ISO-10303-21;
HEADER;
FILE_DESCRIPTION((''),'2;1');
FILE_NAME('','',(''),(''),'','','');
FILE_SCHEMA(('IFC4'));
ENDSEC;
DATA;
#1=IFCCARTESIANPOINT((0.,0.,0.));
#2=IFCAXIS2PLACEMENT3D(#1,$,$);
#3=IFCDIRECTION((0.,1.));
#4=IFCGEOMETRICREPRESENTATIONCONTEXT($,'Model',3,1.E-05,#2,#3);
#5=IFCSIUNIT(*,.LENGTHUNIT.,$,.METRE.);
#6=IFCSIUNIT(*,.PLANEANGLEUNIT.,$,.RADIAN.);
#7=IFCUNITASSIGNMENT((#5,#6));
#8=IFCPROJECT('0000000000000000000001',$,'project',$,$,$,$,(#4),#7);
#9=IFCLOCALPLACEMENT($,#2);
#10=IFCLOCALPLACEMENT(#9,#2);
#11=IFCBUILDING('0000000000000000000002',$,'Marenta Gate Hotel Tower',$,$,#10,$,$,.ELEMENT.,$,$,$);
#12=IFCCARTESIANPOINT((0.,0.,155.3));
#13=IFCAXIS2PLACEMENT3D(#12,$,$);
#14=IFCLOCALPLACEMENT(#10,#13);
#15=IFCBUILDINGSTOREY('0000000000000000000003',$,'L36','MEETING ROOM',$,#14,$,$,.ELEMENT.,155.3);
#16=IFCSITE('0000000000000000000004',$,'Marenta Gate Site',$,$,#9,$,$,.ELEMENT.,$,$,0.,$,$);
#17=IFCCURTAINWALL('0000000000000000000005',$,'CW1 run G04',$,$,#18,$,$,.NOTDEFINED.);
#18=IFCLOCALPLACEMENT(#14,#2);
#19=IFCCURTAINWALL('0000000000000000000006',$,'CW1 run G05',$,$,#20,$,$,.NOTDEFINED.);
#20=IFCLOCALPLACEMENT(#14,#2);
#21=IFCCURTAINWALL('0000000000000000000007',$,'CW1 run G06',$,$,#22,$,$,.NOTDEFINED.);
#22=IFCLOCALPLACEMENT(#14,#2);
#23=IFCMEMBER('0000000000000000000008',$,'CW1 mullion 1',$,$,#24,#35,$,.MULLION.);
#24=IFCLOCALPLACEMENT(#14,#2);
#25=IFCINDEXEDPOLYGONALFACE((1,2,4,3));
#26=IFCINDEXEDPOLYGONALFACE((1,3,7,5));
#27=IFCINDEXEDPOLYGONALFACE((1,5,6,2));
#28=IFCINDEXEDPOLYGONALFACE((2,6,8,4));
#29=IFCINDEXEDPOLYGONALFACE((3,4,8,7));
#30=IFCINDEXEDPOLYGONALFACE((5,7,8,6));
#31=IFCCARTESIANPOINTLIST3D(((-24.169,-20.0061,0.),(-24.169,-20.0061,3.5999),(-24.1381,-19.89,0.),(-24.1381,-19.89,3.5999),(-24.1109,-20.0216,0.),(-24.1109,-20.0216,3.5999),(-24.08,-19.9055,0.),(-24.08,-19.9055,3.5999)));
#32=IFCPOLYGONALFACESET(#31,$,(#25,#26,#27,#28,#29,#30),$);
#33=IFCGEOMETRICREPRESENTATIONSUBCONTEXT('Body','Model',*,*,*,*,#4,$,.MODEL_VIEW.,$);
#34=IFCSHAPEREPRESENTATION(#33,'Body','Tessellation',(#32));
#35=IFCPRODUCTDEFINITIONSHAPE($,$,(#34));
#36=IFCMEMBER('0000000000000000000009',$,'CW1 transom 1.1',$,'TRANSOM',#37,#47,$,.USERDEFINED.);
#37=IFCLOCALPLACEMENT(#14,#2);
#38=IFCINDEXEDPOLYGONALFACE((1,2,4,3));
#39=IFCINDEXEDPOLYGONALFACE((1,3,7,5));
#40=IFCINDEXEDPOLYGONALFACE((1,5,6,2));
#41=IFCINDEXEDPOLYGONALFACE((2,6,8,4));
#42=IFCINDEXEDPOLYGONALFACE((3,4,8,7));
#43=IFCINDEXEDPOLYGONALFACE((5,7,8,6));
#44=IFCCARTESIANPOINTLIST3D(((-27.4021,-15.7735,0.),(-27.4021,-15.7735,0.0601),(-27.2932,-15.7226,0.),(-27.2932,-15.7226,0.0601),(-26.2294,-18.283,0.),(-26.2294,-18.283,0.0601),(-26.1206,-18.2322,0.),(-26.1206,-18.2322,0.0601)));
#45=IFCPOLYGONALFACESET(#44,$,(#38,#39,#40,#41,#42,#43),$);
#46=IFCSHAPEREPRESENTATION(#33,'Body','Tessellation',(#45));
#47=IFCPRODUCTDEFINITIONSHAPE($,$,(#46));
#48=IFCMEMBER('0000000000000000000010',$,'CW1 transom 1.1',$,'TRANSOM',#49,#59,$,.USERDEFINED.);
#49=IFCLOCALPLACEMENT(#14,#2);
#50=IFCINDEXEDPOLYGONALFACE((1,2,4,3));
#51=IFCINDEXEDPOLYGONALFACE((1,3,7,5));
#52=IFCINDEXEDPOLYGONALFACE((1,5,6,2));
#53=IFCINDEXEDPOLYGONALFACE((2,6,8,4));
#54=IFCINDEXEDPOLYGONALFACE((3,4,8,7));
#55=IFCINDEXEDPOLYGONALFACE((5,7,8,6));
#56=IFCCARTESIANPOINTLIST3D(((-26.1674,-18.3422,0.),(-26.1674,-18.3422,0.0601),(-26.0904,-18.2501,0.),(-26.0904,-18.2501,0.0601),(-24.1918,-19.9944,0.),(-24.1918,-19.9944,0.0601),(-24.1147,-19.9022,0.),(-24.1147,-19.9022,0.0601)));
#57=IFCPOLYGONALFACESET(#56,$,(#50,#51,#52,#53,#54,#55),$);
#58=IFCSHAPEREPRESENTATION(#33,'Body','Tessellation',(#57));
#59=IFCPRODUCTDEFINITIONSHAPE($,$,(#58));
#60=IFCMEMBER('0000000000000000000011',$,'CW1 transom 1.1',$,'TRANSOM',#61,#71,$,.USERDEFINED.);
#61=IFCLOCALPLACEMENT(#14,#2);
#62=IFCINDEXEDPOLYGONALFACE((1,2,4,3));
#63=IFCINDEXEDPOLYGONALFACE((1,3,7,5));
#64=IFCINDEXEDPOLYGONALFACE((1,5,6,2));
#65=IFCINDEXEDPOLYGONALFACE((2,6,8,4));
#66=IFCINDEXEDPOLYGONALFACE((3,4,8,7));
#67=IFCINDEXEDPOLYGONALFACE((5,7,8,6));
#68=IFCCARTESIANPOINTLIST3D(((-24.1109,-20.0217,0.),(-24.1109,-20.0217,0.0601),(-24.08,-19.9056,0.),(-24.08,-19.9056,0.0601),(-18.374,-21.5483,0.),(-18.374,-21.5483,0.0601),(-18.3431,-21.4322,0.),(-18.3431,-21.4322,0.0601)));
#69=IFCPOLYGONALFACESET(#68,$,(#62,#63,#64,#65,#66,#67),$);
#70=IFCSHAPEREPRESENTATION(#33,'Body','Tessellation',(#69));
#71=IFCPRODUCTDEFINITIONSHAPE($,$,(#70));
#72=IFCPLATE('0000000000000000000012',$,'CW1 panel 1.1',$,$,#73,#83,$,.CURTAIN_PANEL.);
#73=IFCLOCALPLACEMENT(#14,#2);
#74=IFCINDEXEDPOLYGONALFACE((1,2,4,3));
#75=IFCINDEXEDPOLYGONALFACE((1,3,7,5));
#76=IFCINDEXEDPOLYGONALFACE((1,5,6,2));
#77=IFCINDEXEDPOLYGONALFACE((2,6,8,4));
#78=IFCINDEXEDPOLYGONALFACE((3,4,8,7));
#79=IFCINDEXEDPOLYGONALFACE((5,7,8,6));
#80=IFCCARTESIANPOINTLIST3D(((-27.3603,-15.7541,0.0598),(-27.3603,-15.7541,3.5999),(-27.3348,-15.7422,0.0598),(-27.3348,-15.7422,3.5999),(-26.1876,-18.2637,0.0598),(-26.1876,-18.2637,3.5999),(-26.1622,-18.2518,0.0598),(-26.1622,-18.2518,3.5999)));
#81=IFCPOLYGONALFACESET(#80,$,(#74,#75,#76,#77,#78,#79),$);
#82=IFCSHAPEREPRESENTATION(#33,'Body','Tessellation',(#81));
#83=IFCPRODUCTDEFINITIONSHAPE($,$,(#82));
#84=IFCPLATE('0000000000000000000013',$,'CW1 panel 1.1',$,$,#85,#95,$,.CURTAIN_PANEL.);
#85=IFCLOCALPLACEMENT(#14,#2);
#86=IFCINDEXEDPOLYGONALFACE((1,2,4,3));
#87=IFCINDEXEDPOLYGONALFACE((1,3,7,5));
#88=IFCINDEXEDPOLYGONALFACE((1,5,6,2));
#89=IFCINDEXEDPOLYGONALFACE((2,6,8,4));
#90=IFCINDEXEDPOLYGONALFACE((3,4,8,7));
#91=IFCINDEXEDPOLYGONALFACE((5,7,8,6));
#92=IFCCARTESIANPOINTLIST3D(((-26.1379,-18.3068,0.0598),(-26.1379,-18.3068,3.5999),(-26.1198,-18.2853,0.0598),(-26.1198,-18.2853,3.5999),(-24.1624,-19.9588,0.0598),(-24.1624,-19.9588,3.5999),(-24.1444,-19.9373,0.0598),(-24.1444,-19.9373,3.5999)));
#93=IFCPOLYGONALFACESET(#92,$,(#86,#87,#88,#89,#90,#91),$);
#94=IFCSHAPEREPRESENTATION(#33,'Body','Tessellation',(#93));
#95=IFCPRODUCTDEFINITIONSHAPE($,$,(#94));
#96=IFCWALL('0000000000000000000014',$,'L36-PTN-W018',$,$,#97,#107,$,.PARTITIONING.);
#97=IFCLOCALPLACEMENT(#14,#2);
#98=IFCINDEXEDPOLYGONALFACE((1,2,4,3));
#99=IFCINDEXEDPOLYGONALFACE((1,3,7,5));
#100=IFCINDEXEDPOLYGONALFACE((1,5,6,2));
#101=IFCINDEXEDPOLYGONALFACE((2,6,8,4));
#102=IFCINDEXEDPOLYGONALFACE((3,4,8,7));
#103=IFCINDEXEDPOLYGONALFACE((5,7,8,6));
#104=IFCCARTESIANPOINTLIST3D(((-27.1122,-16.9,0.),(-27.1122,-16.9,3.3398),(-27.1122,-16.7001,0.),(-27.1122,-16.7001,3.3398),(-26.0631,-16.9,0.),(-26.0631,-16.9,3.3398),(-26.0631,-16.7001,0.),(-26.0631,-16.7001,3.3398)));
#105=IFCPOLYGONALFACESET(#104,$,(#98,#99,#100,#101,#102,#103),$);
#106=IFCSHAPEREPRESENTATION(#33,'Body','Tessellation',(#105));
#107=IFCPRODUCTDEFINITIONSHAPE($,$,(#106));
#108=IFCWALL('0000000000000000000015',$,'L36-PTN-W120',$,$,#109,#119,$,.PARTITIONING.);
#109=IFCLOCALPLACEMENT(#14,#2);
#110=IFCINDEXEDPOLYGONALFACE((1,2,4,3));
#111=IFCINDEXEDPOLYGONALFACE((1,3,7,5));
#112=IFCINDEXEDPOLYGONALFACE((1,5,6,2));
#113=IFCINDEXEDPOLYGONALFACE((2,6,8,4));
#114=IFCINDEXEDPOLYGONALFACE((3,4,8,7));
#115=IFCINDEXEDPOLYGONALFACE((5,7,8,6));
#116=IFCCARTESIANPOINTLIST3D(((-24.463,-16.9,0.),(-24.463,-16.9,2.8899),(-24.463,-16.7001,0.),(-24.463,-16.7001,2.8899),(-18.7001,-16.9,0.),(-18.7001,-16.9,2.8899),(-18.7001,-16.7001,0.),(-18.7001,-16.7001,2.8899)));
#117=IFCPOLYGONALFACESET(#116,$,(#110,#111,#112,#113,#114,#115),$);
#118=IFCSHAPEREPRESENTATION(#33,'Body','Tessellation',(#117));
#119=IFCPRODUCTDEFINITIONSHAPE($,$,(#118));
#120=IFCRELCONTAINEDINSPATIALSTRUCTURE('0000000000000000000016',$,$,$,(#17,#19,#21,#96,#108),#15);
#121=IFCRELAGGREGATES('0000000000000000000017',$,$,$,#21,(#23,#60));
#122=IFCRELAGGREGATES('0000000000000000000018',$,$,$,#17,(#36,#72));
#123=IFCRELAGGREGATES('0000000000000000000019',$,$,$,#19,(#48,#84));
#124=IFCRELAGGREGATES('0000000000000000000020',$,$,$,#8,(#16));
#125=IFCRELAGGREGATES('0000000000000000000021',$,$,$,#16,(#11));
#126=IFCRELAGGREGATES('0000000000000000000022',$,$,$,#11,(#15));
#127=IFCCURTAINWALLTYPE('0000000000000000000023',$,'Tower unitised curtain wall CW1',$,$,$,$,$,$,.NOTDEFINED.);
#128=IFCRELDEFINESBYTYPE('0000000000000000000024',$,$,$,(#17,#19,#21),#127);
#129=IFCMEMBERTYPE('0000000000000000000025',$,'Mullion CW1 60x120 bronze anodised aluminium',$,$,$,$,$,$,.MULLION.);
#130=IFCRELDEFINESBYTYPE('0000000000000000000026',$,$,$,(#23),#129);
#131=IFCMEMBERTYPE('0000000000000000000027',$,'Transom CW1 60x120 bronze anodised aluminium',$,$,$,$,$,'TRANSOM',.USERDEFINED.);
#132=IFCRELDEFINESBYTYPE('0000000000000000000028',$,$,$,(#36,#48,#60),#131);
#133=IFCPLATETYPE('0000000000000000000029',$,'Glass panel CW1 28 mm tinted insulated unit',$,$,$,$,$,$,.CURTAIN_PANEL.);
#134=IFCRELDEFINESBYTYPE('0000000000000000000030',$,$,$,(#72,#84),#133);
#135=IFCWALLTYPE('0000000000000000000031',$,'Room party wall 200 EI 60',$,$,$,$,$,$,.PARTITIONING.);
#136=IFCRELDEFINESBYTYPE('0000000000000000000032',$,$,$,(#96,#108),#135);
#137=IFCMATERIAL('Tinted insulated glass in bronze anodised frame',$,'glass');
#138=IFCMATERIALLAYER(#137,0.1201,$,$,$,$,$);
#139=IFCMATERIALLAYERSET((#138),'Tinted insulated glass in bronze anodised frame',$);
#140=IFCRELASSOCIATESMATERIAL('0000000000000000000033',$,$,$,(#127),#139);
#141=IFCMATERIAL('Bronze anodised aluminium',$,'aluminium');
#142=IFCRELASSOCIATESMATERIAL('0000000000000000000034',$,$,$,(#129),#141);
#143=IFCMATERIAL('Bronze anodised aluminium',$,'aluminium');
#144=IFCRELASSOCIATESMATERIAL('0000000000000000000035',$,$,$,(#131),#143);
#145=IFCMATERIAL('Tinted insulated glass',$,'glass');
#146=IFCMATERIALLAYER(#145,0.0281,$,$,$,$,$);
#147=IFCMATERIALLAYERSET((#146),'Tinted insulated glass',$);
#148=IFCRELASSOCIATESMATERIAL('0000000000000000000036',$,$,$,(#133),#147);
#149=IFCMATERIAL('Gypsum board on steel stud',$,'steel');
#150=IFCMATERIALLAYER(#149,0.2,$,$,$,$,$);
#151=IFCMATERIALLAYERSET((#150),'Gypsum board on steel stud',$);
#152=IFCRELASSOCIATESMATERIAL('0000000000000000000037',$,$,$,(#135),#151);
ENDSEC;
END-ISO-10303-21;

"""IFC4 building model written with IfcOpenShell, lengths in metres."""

from ifc_helpers import new_model, si_unit, direction, frame, frame_2d, origin, origin_2d, place, context, subcontext, project, spatial, rectangle, extrude, material, layer, layer_set, material_profile, profile_set, type_object, element, aggregate, save


model = new_model("IFC4")

# Units and contexts
model_context = context("Model", 3, precision=1e-05, world=origin(), true_north=direction((0.0, 1.0)))
body_context = subcontext(model_context, "Body", "Model", "MODEL_VIEW")
ifc_project = project(units=[si_unit("LENGTHUNIT", "METRE"), si_unit("PLANEANGLEUNIT", "RADIAN")], contexts=[model_context])

# Site, building, storey
site_placement = place(None, origin())
site = spatial("IfcSite", under=ifc_project, at=site_placement, Name="Marenta Gate Site", CompositionType="ELEMENT", RefElevation=0.0)
building_placement = place(site_placement, origin())
building = spatial("IfcBuilding", under=site, at=building_placement, Name="Marenta Gate Hotel Tower", CompositionType="ELEMENT")
storey_placement = place(building_placement, frame((0.0, 0.0, 155.3)))
storey = spatial("IfcBuildingStorey", under=building, at=storey_placement, Name="L36", Description="MEETING ROOM", CompositionType="ELEMENT", Elevation=155.3)

# Curtain walls, member
ifc_material_1 = material(Name="Tinted insulated glass in bronze anodised frame", Category="glass")
ifc_layer_1 = layer(ifc_material_1, 0.1201)
ifc_layer_set_1 = layer_set([ifc_layer_1], Name="Tinted insulated glass in bronze anodised frame")
curtain_wall_type = type_object("IfcCurtainWallType", Name="Tower unitised curtain wall CW1", PredefinedType="NOTDEFINED", material=ifc_layer_set_1)
curtain_wall_1_placement = place(storey_placement, origin())
curtain_wall_1 = element("IfcCurtainWall", 1, at=curtain_wall_1_placement, inside=storey, type_object=curtain_wall_type, Name="CW1 run G04", PredefinedType="NOTDEFINED")
ifc_material_2 = material(Name="Bronze anodised aluminium", Category="aluminium")
ifc_material_profile_1 = material_profile(ifc_material_2, rectangle(XDim=0.1201, YDim=0.0601, at=origin_2d()), Name="Mullion CW1 60x120 bronze anodised aluminium")
ifc_profile_set_1 = profile_set([ifc_material_profile_1], Name="Bronze anodised aluminium")
member_type_1 = type_object("IfcMemberType", Name="Mullion CW1 60x120 bronze anodised aluminium", PredefinedType="MULLION", material=ifc_profile_set_1)
curtain_wall_2_placement = place(storey_placement, origin())
curtain_wall_2 = element("IfcCurtainWall", 2, at=curtain_wall_2_placement, inside=storey, type_object=curtain_wall_type, Name="CW1 run G05", PredefinedType="NOTDEFINED")
curtain_wall_3_placement = place(storey_placement, origin())
curtain_wall_3 = element("IfcCurtainWall", 3, at=curtain_wall_3_placement, inside=storey, type_object=curtain_wall_type, Name="CW1 run G06", PredefinedType="NOTDEFINED")
member_1_placement = place(storey_placement, frame((-24.1245, -19.9558, 0.0), z_axis=(0.0, 0.0, 1.0), x_axis=(0.257144, 0.966373, 0.0)))
member_1 = element("IfcMember", 4, at=member_1_placement, type_object=member_type_1, Name="CW1 mullion 1", PredefinedType="MULLION", context=body_context, shape_type="SweptSolid", body=[
    extrude(rectangle(XDim=0.1201, YDim=0.0601, at=origin_2d()), origin(), (0.0, 0.0, 1.0), 3.5999),
])

# Members
ifc_material_3 = material(Name="Bronze anodised aluminium", Category="aluminium")
ifc_material_profile_2 = material_profile(ifc_material_3, rectangle(XDim=0.1201, YDim=0.0601, at=origin_2d()), Name="Transom CW1 60x120 bronze anodised aluminium")
ifc_profile_set_2 = profile_set([ifc_material_profile_2], Name="Bronze anodised aluminium")
member_type_2 = type_object("IfcMemberType", Name="Transom CW1 60x120 bronze anodised aluminium", ElementType="TRANSOM", PredefinedType="USERDEFINED", material=ifc_profile_set_2)
member_2_placement = place(storey_placement, frame((-27.3477, -15.748, 0.03), z_axis=(0.423329, -0.905976, 0.0), x_axis=(0.905976, 0.423329, 0.0)))
member_2 = element("IfcMember", 5, at=member_2_placement, type_object=member_type_2, Name="CW1 transom 1.1", ObjectType="TRANSOM", PredefinedType="USERDEFINED", context=body_context, shape_type="SweptSolid", body=[
    extrude(rectangle(XDim=0.1201, YDim=0.0601, at=origin_2d()), origin(), (0.0, 0.0, 1.0), 2.77),
])
member_3_placement = place(storey_placement, frame((-26.1289, -18.2961, 0.03), z_axis=(0.767117, -0.641508, 0.0), x_axis=(0.641508, 0.767117, 0.0)))
member_3 = element("IfcMember", 6, at=member_3_placement, type_object=member_type_2, Name="CW1 transom 1.1", ObjectType="TRANSOM", PredefinedType="USERDEFINED", context=body_context, shape_type="SweptSolid", body=[
    extrude(rectangle(XDim=0.1201, YDim=0.0601, at=origin_2d()), origin(), (0.0, 0.0, 1.0), 2.5754),
])
member_4_placement = place(storey_placement, frame((-24.0955, -19.9636, 0.03), z_axis=(0.966369, -0.257158, 0.0), x_axis=(0.257158, 0.966369, 0.0)))
member_4 = element("IfcMember", 7, at=member_4_placement, type_object=member_type_2, Name="CW1 transom 1.1", ObjectType="TRANSOM", PredefinedType="USERDEFINED", context=body_context, shape_type="SweptSolid", body=[
    extrude(rectangle(XDim=0.1201, YDim=0.0601, at=origin_2d()), origin(), (0.0, 0.0, 1.0), 5.9365),
])
aggregate(curtain_wall_3, [member_1, member_4])

# Plates
ifc_material_4 = material(Name="Tinted insulated glass", Category="glass")
ifc_layer_2 = layer(ifc_material_4, 0.0281)
ifc_layer_set_2 = layer_set([ifc_layer_2], Name="Tinted insulated glass")
plate_type = type_object("IfcPlateType", Name="Glass panel CW1 28 mm tinted insulated unit", PredefinedType="CURTAIN_PANEL", material=ifc_layer_set_2)
plate_1_placement = place(storey_placement, frame((-26.7612, -17.0029, 0.0598), z_axis=(0.0, 0.0, 1.0), x_axis=(0.423338, -0.905972, 0.0)))
plate_1 = element("IfcPlate", 8, at=plate_1_placement, type_object=plate_type, Name="CW1 panel 1.1", PredefinedType="CURTAIN_PANEL", context=body_context, shape_type="SweptSolid", body=[
    extrude(rectangle(XDim=2.77, YDim=0.0281, at=origin_2d()), origin(), (0.0, 0.0, 1.0), 3.54),
])
aggregate(curtain_wall_1, [member_2, plate_1])
plate_2_placement = place(storey_placement, frame((-25.1411, -19.1221, 0.0598), z_axis=(0.0, 0.0, 1.0), x_axis=(0.767113, -0.641512, 0.0)))
plate_2 = element("IfcPlate", 9, at=plate_2_placement, type_object=plate_type, Name="CW1 panel 1.1", PredefinedType="CURTAIN_PANEL", context=body_context, shape_type="SweptSolid", body=[
    extrude(rectangle(XDim=2.5752, YDim=0.0281, at=origin_2d()), origin(), (0.0, 0.0, 1.0), 3.54),
])
aggregate(curtain_wall_2, [member_3, plate_2])

# Walls
ifc_material_5 = material(Name="Gypsum board on steel stud", Category="steel")
ifc_layer_3 = layer(ifc_material_5, 0.2)
ifc_layer_set_3 = layer_set([ifc_layer_3], Name="Gypsum board on steel stud")
wall_type = type_object("IfcWallType", Name="Room party wall 200 EI 60", PredefinedType="PARTITIONING", material=ifc_layer_set_3)
wall_1_placement = place(storey_placement, frame((-27.1121, -16.8, 0.0), z_axis=(0.0, 0.0, 1.0), x_axis=(1.0, 0.0, 0.0)))
element("IfcWall", 10, at=wall_1_placement, inside=storey, type_object=wall_type, Name="L36-PTN-W018", PredefinedType="PARTITIONING", context=body_context, shape_type="SweptSolid", body=[
    extrude(rectangle(XDim=1.0491, YDim=0.2, at=frame_2d((0.5244, 0.0))), origin(), (0.0, 0.0, 1.0), 3.3398),
])
wall_2_placement = place(storey_placement, frame((-24.4629, -16.8, 0.0), z_axis=(0.0, 0.0, 1.0), x_axis=(1.0, 0.0, 0.0)))
element("IfcWall", 11, at=wall_2_placement, inside=storey, type_object=wall_type, Name="L36-PTN-W120", PredefinedType="PARTITIONING", context=body_context, shape_type="SweptSolid", body=[
    extrude(rectangle(XDim=5.7629, YDim=0.2, at=frame_2d((2.8813, 0.0))), origin(), (0.0, 0.0, 1.0), 2.8899),
])

save(model, "model.ifc")
